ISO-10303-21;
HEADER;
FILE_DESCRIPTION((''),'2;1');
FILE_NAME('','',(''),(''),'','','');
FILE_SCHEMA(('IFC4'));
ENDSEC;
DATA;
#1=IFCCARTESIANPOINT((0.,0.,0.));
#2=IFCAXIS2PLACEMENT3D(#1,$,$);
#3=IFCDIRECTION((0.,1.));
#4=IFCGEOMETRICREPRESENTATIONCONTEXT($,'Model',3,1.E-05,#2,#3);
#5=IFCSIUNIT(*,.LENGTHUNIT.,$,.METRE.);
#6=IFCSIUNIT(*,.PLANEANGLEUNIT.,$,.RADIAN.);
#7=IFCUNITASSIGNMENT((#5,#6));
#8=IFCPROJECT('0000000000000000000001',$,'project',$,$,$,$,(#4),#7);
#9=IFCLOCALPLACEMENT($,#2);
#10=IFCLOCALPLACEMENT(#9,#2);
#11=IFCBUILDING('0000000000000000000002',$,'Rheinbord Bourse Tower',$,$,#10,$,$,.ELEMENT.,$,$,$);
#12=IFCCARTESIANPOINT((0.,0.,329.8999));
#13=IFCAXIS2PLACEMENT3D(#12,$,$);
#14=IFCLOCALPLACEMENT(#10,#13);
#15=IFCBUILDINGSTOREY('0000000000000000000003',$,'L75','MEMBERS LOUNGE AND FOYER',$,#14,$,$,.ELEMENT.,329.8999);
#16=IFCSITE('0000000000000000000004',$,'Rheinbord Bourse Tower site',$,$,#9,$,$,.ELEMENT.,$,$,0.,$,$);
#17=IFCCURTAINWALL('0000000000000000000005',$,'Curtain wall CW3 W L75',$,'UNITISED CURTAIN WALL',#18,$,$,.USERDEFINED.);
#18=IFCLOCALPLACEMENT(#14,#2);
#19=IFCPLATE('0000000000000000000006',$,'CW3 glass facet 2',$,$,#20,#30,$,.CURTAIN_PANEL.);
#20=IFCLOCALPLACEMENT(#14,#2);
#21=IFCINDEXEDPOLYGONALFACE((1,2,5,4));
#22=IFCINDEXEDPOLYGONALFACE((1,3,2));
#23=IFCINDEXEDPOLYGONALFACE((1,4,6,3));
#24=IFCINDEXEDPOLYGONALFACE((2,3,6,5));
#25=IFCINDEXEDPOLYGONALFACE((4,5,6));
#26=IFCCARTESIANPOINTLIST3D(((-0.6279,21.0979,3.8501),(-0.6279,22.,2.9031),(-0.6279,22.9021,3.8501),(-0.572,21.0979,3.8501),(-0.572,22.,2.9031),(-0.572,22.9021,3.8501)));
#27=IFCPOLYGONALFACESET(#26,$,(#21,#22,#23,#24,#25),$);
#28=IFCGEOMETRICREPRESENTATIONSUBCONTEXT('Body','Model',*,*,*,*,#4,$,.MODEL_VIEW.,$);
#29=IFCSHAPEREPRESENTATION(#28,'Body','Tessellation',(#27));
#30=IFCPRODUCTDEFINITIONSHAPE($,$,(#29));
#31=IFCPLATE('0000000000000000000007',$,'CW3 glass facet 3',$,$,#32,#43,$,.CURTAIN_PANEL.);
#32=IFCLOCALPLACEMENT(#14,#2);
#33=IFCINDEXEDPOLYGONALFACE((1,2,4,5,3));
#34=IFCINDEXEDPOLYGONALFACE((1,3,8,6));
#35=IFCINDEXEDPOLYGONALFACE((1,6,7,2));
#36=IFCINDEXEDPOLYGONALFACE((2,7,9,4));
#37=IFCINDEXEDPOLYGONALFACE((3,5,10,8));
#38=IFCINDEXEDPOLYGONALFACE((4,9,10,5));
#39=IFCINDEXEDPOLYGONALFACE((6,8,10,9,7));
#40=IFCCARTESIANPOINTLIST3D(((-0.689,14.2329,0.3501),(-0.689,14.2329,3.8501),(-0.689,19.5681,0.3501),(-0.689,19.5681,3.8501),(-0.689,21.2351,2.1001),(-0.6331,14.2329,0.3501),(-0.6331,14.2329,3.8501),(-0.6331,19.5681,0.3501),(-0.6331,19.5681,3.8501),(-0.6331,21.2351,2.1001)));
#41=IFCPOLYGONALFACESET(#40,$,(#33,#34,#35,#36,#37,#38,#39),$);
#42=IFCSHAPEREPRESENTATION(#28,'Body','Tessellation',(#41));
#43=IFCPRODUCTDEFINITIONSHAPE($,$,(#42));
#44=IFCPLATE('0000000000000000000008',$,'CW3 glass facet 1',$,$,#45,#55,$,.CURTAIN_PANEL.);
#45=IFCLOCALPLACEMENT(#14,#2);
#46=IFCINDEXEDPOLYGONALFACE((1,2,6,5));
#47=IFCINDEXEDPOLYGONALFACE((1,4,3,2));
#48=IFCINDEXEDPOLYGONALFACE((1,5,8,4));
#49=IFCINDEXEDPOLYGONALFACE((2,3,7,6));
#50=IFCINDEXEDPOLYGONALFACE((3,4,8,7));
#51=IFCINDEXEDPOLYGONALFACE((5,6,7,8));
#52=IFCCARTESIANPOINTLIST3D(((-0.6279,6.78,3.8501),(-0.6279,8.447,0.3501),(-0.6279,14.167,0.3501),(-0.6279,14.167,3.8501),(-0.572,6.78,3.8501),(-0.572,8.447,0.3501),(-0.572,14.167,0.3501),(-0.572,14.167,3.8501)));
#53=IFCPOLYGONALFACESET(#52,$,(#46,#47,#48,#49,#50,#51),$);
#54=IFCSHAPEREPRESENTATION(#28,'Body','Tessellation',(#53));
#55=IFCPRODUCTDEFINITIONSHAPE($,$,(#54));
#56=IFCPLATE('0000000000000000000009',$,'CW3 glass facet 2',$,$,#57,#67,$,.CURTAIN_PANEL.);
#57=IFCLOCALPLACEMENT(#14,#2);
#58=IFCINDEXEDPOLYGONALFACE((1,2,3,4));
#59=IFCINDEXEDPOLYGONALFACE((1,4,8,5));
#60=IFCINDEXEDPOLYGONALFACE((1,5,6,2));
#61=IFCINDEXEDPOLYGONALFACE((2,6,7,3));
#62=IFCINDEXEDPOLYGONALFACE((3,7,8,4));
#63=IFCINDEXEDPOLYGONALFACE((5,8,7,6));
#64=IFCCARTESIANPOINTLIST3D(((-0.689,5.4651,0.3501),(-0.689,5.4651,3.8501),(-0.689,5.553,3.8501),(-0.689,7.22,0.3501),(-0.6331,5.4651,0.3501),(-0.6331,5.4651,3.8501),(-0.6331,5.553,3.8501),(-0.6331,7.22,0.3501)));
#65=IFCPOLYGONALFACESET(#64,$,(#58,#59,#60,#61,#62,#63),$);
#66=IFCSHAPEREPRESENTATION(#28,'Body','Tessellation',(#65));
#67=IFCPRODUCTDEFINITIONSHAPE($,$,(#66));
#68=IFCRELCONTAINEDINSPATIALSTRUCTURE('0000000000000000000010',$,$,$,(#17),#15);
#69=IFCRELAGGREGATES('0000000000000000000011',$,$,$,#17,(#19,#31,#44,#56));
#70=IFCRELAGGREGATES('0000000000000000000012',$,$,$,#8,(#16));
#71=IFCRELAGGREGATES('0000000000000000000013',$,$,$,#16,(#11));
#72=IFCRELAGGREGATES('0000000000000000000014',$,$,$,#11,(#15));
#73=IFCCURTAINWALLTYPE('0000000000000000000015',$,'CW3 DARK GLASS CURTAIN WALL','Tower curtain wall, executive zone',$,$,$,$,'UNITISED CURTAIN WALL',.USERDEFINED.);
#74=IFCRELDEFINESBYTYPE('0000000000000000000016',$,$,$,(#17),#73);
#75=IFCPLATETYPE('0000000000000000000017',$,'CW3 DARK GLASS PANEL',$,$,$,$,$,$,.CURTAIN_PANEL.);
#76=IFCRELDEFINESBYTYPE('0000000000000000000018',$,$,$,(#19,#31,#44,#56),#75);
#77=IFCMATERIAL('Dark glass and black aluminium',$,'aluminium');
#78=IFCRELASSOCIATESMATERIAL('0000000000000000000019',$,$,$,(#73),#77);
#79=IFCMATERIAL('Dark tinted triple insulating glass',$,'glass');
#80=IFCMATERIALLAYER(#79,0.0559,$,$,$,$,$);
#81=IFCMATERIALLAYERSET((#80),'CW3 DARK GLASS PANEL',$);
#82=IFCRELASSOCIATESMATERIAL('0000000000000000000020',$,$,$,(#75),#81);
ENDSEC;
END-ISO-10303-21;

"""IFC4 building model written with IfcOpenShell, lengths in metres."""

from ifc_helpers import new_model, si_unit, direction, frame, origin, place, context, subcontext, project, spatial, polyline, outline, extrude, material, layer, layer_set, type_object, element, aggregate, save


model = new_model("IFC4")

# Units and contexts
model_context = context("Model", 3, precision=1e-05, world=origin(), true_north=direction((0.0, 1.0)))
body_context = subcontext(model_context, "Body", "Model", "MODEL_VIEW")
ifc_project = project(units=[si_unit("LENGTHUNIT", "METRE"), si_unit("PLANEANGLEUNIT", "RADIAN")], contexts=[model_context])

# Site, building, storey
site_placement = place(None, origin())
site = spatial("IfcSite", under=ifc_project, at=site_placement, Name="Rheinbord Bourse Tower site", CompositionType="ELEMENT", RefElevation=0.0)
building_placement = place(site_placement, origin())
building = spatial("IfcBuilding", under=site, at=building_placement, Name="Rheinbord Bourse Tower", CompositionType="ELEMENT")
storey_placement = place(building_placement, frame((0.0, 0.0, 329.8999)))
storey = spatial("IfcBuildingStorey", under=building, at=storey_placement, Name="L75", Description="MEMBERS LOUNGE AND FOYER", CompositionType="ELEMENT", Elevation=329.8999)

# Curtain wall
ifc_material_1 = material(Name="Dark glass and black aluminium", Category="aluminium")
curtain_wall_type = type_object("IfcCurtainWallType", Name="CW3 DARK GLASS CURTAIN WALL", Description="Tower curtain wall, executive zone", ElementType="UNITISED CURTAIN WALL", PredefinedType="USERDEFINED", material=ifc_material_1)
curtain_wall_placement = place(storey_placement, origin())
curtain_wall = element("IfcCurtainWall", 1, at=curtain_wall_placement, inside=storey, type_object=curtain_wall_type, Name="Curtain wall CW3 W L75", ObjectType="UNITISED CURTAIN WALL", PredefinedType="USERDEFINED")

# Plates
ifc_material_2 = material(Name="Dark tinted triple insulating glass", Category="glass")
ifc_layer = layer(ifc_material_2, 0.0559)
ifc_layer_set = layer_set([ifc_layer], Name="CW3 DARK GLASS PANEL")
plate_type = type_object("IfcPlateType", Name="CW3 DARK GLASS PANEL", PredefinedType="CURTAIN_PANEL", material=ifc_layer_set)
plate_1_placement = place(storey_placement, frame((-0.6279, 21.0979, 3.8501), z_axis=(1.0, 0.0, 0.0), x_axis=(0.0, 0.689725, -0.724071)))
plate_1 = element("IfcPlate", 2, at=plate_1_placement, type_object=plate_type, Name="CW3 glass facet 2", PredefinedType="CURTAIN_PANEL", context=body_context, shape_type="SweptSolid", body=[
    extrude(outline(polyline([(0.0, 0.0), (1.3079, 0.0), (1.2444, 1.3064), (0.0, 0.0)])), origin(), (0.0, 0.0, 1.0), 0.0559),
])
plate_2_placement = place(storey_placement, frame((-0.689, 14.2329, 3.8501), z_axis=(1.0, 0.0, 0.0), x_axis=(0.0, 0.0, -1.0)))
plate_2 = element("IfcPlate", 3, at=plate_2_placement, type_object=plate_type, Name="CW3 glass facet 3", PredefinedType="CURTAIN_PANEL", context=body_context, shape_type="SweptSolid", body=[
    extrude(outline(polyline([(0.0, 0.0), (3.5, 0.0), (3.5, 5.3352), (1.75, 7.0022), (0.0, 5.3352), (0.0, 0.0)])), origin(), (0.0, 0.0, 1.0), 0.0559),
])
plate_3_placement = place(storey_placement, frame((-0.6279, 14.167, 0.3501), z_axis=(1.0, 0.0, 0.0), x_axis=(0.0, 0.0, 1.0)))
plate_3 = element("IfcPlate", 4, at=plate_3_placement, type_object=plate_type, Name="CW3 glass facet 1", PredefinedType="CURTAIN_PANEL", context=body_context, shape_type="SweptSolid", body=[
    extrude(outline(polyline([(0.0, 0.0), (3.5, 0.0), (3.5, 7.387), (0.0, 5.72), (0.0, 0.0)])), origin(), (0.0, 0.0, 1.0), 0.0559),
])
plate_4_placement = place(storey_placement, frame((-0.689, 5.4651, 3.8501), z_axis=(1.0, 0.0, 0.0), x_axis=(0.0, 0.0, -1.0)))
plate_4 = element("IfcPlate", 5, at=plate_4_placement, type_object=plate_type, Name="CW3 glass facet 2", PredefinedType="CURTAIN_PANEL", context=body_context, shape_type="SweptSolid", body=[
    extrude(outline(polyline([(0.0, 0.0), (3.5, 0.0), (3.5, 1.7549), (0.0, 0.0879), (0.0, 0.0)])), origin(), (0.0, 0.0, 1.0), 0.0559),
])
aggregate(curtain_wall, [plate_1, plate_2, plate_3, plate_4])

save(model, "model.ifc")
